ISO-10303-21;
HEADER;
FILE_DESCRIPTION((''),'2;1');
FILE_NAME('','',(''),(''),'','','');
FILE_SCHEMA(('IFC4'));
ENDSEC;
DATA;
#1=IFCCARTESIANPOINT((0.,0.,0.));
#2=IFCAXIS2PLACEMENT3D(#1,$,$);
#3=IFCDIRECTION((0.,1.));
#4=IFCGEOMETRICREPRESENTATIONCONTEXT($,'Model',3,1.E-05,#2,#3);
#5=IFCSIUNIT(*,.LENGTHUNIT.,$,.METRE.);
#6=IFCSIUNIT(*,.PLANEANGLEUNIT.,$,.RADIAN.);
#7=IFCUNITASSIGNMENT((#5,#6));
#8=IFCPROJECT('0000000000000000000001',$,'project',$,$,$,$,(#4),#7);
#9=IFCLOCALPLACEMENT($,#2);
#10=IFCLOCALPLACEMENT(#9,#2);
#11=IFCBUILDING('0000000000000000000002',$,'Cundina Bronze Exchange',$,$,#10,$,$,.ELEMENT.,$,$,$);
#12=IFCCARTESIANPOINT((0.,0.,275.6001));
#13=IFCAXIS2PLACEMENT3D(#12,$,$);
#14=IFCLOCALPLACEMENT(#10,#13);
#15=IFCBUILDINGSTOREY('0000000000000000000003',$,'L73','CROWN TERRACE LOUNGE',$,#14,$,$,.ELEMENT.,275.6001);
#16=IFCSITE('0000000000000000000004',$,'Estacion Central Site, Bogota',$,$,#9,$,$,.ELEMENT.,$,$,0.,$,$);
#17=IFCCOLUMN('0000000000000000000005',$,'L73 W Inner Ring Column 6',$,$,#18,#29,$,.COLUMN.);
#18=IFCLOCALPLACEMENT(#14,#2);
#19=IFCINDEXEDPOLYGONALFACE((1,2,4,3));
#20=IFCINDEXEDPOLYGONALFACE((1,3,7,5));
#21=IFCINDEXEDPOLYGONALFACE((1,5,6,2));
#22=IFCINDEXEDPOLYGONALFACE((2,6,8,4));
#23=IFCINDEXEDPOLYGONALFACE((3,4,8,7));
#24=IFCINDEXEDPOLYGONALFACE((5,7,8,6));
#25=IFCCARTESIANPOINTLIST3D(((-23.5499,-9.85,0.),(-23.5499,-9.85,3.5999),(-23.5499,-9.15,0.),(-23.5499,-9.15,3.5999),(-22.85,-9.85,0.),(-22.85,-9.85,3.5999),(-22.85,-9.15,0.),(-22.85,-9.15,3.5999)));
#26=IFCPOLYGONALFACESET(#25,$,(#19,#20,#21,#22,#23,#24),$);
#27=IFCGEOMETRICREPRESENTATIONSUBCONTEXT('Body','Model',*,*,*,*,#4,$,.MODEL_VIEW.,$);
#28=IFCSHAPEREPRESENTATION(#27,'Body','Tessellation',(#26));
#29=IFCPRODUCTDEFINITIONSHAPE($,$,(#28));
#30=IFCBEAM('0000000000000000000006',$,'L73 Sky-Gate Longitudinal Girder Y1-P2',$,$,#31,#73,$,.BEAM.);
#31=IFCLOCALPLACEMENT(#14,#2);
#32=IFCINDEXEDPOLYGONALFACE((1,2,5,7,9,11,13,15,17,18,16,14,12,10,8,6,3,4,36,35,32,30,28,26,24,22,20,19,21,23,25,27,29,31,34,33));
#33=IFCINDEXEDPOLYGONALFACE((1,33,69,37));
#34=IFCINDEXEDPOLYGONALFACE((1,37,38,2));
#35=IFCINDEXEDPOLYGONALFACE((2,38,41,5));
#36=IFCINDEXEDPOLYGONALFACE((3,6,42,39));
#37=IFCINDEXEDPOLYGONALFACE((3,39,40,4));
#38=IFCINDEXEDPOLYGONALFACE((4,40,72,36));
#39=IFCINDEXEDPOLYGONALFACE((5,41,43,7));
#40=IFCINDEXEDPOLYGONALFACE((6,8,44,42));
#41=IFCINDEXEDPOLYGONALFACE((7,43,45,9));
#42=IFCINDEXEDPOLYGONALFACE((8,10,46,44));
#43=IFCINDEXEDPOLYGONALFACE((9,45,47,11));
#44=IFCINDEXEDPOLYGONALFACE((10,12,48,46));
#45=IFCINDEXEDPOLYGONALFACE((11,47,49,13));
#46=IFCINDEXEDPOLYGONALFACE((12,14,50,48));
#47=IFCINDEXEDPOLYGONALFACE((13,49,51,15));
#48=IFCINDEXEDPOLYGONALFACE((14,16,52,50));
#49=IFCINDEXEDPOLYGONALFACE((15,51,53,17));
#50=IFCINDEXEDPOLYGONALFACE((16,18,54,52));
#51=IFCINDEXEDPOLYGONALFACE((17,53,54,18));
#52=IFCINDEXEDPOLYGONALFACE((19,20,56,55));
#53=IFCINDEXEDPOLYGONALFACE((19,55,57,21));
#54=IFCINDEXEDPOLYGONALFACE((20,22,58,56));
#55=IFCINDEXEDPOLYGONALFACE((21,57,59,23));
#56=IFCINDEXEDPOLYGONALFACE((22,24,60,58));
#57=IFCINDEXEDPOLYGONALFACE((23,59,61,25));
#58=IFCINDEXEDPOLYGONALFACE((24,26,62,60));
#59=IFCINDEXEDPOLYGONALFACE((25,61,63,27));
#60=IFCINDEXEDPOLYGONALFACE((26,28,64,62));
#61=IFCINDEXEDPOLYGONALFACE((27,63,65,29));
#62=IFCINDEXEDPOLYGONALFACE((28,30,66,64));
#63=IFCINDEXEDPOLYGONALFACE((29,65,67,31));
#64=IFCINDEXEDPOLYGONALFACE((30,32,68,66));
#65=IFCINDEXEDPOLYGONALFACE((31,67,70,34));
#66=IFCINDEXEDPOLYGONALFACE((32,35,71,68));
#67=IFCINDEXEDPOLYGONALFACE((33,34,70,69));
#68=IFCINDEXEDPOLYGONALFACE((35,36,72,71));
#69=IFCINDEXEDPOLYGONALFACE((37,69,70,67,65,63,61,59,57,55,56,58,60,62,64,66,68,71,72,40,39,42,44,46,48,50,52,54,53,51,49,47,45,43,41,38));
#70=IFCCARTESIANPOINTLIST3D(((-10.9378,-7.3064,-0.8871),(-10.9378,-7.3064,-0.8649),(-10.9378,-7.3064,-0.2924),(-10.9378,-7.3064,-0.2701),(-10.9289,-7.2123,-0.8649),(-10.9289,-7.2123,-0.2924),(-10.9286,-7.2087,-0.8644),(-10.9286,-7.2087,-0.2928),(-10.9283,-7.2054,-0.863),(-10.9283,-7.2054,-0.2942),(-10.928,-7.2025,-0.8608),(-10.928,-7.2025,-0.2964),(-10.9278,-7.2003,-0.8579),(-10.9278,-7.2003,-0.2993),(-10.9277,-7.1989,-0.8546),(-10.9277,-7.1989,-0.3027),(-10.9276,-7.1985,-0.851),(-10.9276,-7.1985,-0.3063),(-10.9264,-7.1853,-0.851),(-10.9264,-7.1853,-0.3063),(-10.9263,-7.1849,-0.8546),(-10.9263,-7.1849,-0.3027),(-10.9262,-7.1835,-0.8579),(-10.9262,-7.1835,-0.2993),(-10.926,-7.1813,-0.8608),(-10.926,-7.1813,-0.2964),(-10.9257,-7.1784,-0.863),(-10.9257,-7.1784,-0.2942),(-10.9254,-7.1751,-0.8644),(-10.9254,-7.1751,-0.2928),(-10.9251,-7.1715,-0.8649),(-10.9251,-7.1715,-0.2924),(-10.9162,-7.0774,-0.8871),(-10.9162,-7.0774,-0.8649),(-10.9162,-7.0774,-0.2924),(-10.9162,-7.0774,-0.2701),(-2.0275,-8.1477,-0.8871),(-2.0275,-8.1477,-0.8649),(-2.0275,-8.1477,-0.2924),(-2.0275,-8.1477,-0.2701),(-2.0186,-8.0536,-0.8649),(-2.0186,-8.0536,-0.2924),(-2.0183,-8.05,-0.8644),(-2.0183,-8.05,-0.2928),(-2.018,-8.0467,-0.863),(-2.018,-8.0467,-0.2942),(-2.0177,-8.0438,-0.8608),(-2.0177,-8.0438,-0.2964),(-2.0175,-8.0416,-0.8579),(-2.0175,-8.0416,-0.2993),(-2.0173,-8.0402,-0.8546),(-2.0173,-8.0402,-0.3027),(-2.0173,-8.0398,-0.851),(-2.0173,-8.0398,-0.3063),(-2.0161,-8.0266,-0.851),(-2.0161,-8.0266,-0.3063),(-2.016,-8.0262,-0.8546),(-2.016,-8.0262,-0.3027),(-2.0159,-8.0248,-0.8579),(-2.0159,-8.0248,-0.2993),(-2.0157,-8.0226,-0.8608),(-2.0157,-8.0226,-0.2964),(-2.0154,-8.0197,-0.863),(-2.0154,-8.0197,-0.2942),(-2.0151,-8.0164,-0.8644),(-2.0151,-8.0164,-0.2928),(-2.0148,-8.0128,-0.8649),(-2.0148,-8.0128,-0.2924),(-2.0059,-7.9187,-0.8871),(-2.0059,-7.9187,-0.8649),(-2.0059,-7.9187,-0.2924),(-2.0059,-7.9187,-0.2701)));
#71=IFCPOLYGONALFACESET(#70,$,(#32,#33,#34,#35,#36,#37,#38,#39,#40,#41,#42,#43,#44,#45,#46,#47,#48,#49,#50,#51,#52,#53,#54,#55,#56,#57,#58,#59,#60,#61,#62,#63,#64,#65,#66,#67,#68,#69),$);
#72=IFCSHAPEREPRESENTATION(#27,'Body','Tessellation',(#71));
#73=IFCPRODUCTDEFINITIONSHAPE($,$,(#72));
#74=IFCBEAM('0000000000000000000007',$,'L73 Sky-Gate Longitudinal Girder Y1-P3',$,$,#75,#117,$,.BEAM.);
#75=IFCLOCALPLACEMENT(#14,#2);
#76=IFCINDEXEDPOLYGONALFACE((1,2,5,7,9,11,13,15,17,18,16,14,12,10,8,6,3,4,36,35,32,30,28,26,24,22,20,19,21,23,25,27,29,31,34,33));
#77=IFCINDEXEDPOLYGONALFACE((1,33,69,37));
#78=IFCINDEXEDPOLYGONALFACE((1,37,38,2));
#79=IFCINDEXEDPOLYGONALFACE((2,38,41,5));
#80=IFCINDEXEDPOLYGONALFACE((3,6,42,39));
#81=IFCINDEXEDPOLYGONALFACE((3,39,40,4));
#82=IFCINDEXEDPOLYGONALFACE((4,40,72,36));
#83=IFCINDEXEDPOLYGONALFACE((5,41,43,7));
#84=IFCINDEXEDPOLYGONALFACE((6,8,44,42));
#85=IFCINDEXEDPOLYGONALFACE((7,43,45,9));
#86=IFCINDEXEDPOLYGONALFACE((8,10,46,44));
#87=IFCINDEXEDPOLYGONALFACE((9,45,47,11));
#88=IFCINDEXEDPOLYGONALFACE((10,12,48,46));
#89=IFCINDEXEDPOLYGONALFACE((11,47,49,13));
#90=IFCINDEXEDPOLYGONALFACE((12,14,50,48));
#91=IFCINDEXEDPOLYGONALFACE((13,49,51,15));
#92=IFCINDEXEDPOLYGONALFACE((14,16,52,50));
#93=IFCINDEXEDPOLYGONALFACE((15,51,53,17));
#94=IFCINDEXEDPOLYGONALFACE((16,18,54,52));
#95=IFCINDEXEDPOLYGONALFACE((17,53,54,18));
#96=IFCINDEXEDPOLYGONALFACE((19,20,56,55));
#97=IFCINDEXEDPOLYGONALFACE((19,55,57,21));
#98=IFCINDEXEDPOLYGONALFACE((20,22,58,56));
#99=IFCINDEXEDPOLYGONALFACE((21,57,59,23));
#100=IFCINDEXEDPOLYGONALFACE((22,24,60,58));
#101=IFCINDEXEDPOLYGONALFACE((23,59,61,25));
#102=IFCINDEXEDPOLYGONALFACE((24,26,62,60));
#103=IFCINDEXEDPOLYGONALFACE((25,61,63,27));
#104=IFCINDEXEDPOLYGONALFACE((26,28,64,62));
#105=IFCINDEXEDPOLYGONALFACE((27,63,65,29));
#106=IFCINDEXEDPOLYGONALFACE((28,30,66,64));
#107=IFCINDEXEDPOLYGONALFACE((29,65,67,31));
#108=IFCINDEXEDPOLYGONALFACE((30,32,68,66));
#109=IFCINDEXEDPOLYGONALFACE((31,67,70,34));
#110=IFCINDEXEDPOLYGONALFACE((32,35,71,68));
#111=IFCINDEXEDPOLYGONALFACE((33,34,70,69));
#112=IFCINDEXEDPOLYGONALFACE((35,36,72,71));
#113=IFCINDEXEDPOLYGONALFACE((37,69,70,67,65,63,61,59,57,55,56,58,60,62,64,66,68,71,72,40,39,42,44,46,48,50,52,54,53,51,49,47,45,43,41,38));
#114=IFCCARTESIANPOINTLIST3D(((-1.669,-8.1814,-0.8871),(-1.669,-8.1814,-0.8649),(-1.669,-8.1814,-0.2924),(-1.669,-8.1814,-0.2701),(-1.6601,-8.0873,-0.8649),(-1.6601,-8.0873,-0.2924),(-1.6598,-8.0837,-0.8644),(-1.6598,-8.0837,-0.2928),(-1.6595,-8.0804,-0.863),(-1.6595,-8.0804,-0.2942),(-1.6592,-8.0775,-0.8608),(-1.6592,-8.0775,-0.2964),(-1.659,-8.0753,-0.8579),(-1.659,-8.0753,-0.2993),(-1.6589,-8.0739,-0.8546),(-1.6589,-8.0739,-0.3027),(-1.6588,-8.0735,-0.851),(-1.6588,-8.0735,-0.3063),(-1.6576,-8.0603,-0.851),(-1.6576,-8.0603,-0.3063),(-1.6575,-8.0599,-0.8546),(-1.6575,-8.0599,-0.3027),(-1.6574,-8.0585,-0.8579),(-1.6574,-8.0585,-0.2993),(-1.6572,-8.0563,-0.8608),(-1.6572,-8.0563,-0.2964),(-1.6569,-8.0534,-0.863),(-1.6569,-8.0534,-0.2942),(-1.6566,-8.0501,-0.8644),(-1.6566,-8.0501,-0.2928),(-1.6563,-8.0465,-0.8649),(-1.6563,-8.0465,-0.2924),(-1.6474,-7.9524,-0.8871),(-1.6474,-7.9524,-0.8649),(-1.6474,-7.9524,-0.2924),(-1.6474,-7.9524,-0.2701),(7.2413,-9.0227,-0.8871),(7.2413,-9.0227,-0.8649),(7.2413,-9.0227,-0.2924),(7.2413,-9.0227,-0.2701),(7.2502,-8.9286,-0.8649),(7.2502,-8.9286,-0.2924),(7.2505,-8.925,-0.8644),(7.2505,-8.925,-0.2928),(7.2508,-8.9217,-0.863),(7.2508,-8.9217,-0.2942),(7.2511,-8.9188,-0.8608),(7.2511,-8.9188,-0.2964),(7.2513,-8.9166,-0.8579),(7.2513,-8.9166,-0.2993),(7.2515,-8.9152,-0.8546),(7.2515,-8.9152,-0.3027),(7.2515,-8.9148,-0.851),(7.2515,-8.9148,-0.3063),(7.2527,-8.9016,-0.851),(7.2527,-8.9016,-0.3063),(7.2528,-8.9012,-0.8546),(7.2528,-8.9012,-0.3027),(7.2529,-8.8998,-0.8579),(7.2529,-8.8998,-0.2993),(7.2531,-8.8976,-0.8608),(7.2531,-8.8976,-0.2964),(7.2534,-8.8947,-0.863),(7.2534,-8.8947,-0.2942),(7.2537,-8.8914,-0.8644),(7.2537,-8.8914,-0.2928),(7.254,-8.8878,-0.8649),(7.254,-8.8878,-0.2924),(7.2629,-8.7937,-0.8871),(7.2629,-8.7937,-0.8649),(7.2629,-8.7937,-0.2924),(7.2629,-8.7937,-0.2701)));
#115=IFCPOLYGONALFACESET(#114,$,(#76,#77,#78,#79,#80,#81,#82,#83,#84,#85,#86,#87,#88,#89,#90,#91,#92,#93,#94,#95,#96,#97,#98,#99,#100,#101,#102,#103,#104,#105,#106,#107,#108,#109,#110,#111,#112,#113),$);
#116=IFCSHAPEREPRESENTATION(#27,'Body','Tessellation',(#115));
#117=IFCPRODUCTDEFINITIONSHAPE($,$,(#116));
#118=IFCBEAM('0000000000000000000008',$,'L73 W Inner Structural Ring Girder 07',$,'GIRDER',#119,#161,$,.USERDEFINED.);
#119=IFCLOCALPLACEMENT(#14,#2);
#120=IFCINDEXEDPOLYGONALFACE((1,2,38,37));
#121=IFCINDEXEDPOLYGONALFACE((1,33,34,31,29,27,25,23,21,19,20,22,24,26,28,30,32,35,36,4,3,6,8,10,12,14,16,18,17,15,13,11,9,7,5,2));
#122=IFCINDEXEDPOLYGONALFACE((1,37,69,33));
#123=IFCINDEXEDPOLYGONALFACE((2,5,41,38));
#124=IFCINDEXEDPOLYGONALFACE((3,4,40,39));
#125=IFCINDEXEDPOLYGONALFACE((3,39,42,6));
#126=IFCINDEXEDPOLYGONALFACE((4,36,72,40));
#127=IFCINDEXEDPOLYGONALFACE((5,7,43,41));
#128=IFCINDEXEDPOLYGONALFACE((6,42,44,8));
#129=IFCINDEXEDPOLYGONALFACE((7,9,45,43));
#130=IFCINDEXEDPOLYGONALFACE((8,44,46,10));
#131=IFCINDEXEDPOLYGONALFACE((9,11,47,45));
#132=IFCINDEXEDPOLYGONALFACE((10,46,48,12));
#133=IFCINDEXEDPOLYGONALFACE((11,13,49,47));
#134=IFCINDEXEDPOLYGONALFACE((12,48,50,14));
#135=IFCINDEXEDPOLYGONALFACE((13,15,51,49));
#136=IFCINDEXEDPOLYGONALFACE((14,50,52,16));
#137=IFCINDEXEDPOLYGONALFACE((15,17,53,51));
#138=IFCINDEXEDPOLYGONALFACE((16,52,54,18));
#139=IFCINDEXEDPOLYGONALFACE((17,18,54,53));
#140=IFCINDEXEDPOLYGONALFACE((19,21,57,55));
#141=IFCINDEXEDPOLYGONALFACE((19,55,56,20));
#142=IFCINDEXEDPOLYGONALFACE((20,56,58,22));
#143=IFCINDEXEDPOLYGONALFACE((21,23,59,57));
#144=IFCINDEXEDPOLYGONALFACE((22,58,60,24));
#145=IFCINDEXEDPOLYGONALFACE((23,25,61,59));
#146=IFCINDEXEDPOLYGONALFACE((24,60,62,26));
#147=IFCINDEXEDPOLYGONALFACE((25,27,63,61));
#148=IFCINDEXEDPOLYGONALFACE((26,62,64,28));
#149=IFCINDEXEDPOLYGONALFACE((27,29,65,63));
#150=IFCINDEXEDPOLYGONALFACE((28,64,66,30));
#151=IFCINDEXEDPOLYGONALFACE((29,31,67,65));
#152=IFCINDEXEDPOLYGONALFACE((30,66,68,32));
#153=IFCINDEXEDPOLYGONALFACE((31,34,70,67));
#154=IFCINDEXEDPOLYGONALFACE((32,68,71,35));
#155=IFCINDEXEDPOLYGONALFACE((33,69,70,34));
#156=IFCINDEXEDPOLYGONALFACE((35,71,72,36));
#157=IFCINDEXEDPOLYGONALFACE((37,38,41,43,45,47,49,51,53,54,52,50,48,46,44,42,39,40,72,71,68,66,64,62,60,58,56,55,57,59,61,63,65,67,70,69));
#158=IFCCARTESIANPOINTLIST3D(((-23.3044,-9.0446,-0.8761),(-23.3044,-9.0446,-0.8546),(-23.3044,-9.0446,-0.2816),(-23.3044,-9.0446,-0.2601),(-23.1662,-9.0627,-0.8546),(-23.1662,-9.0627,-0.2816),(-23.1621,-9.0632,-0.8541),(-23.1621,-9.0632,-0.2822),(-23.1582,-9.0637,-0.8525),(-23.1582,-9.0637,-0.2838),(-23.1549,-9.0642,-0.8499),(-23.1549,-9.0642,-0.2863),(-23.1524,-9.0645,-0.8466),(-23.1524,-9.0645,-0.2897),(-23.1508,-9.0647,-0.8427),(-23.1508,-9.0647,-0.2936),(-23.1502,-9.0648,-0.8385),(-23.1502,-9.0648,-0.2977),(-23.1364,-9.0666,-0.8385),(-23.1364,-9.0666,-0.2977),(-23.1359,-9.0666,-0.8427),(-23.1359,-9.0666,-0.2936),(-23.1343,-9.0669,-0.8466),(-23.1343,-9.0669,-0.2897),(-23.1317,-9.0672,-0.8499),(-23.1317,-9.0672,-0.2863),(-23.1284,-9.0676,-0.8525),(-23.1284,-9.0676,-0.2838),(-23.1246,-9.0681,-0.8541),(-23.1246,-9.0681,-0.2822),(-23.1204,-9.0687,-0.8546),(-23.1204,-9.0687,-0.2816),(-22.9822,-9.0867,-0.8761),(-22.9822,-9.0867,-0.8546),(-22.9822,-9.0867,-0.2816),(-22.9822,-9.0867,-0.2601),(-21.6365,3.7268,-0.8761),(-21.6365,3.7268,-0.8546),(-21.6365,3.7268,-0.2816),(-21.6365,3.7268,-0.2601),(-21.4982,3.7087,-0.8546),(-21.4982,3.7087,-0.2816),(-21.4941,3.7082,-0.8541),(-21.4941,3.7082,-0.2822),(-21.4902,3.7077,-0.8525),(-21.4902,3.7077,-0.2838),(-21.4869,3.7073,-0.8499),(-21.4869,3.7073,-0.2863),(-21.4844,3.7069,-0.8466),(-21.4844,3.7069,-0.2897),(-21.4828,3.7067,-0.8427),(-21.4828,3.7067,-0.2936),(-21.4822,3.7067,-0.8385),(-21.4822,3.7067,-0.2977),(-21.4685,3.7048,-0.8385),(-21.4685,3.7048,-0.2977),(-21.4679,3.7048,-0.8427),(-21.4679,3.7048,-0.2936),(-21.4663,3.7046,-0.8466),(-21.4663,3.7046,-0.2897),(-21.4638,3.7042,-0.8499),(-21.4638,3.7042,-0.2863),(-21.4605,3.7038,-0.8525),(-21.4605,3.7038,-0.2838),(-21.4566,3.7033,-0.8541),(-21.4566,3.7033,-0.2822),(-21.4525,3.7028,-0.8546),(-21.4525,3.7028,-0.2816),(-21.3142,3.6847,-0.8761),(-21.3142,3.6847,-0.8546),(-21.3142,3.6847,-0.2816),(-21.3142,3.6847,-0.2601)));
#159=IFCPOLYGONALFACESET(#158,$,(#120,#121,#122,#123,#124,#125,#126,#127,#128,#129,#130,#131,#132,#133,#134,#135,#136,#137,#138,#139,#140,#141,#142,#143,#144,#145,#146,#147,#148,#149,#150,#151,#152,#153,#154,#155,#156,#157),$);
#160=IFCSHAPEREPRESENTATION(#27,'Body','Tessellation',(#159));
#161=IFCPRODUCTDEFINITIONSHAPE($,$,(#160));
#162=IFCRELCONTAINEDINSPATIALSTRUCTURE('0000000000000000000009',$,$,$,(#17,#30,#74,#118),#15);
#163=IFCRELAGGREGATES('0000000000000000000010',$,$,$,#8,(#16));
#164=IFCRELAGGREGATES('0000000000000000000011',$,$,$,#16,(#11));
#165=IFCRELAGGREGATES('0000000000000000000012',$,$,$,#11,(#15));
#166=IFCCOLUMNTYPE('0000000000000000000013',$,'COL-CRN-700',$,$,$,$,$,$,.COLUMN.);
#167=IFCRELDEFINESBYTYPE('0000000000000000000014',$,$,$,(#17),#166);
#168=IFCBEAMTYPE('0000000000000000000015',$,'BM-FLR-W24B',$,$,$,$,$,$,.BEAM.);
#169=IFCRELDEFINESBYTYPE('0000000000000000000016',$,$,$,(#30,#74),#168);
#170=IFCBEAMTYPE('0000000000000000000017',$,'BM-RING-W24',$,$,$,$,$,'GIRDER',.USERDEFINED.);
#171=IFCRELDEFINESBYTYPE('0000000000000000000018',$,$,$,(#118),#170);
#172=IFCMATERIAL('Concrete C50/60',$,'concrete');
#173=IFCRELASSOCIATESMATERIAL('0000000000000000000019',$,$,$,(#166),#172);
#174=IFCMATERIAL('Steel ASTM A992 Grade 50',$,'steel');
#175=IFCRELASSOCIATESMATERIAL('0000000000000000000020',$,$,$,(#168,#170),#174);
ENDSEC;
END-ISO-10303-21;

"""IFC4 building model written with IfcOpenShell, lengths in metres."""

from ifc_helpers import new_model, si_unit, direction, frame, origin, origin_2d, place, context, subcontext, project, spatial, rectangle, i_section, extrude, material, material_profile, profile_set, type_object, element, save


model = new_model("IFC4")

# Units and contexts
model_context = context("Model", 3, precision=1e-05, world=origin(), true_north=direction((0.0, 1.0)))
body_context = subcontext(model_context, "Body", "Model", "MODEL_VIEW")
ifc_project = project(units=[si_unit("LENGTHUNIT", "METRE"), si_unit("PLANEANGLEUNIT", "RADIAN")], contexts=[model_context])

# Site, building, storey
site_placement = place(None, origin())
site = spatial("IfcSite", under=ifc_project, at=site_placement, Name="Estacion Central Site, Bogota", CompositionType="ELEMENT", RefElevation=0.0)
building_placement = place(site_placement, origin())
building = spatial("IfcBuilding", under=site, at=building_placement, Name="Cundina Bronze Exchange", CompositionType="ELEMENT")
storey_placement = place(building_placement, frame((0.0, 0.0, 275.6001)))
storey = spatial("IfcBuildingStorey", under=building, at=storey_placement, Name="L73", Description="CROWN TERRACE LOUNGE", CompositionType="ELEMENT", Elevation=275.6001)

# Column
ifc_material_1 = material(Name="Concrete C50/60", Category="concrete")
ifc_material_profile_1 = material_profile(ifc_material_1, rectangle(XDim=0.7, YDim=0.7, at=origin_2d()), Name="RC700X700", Category="concrete")
ifc_profile_set_1 = profile_set([ifc_material_profile_1], Name="Concrete C50/60")
column_type = type_object("IfcColumnType", Name="COL-CRN-700", PredefinedType="COLUMN", material=ifc_profile_set_1)
column_placement = place(storey_placement, frame((-23.2, -9.5, 0.0), z_axis=(0.0, 0.0, 1.0), x_axis=(1.0, 0.0, 0.0)))
element("IfcColumn", 1, at=column_placement, inside=storey, type_object=column_type, Name="L73 W Inner Ring Column 6", PredefinedType="COLUMN", context=body_context, shape_type="SweptSolid", body=[
    extrude(rectangle(XDim=0.7, YDim=0.7, at=origin_2d()), origin(), (0.0, 0.0, 1.0), 3.5999),
])

# Beams
ifc_material_2 = material(Name="Steel ASTM A992 Grade 50", Category="steel")
ifc_material_profile_2 = material_profile(ifc_material_2, i_section(OverallWidth=0.23, OverallDepth=0.6169, WebThickness=0.0132, FlangeThickness=0.0222, FilletRadius=0.0139, at=origin_2d()), Name="W24X94", Category="steel")
ifc_profile_set_2 = profile_set([ifc_material_profile_2], Name="Steel ASTM A992 Grade 50")
beam_type_1 = type_object("IfcBeamType", Name="BM-FLR-W24B", PredefinedType="BEAM", material=ifc_profile_set_2)
for number, where, z_axis, x_axis, name in (
    (2, (-10.927, -7.1919, -0.5786), (0.995572, -0.094001, 0.0), (0.094001, 0.995572, 0.0), "L73 Sky-Gate Longitudinal Girder Y1-P2"),
    (3, (-1.6582, -8.0669, -0.5786), (0.995572, -0.094001, 0.0), (0.094001, 0.995572, 0.0), "L73 Sky-Gate Longitudinal Girder Y1-P3"),
):
    element("IfcBeam", number, at=place(storey_placement, frame(where, z_axis=z_axis, x_axis=x_axis)), inside=storey, type_object=beam_type_1, Name=name, PredefinedType="BEAM", context=body_context, shape_type="SweptSolid", body=[
        extrude(i_section(OverallWidth=0.23, OverallDepth=0.6169, WebThickness=0.0132, FlangeThickness=0.0222, FilletRadius=0.0139, at=origin_2d()), origin(), (0.0, 0.0, 1.0), 8.95),
    ])
ifc_material_profile_3 = material_profile(ifc_material_2, i_section(OverallWidth=0.325, OverallDepth=0.616, WebThickness=0.0139, FlangeThickness=0.0215, FilletRadius=0.0161, at=origin_2d()), Name="W24X117", Category="steel")
ifc_profile_set_3 = profile_set([ifc_material_profile_3], Name="Steel ASTM A992 Grade 50")
beam_type_2 = type_object("IfcBeamType", Name="BM-RING-W24", ElementType="GIRDER", PredefinedType="USERDEFINED", material=ifc_profile_set_3)
beam_1_placement = place(storey_placement, frame((-23.1433, -9.0657, -0.5681), z_axis=(0.129501, 0.991579, 0.0), x_axis=(-0.991579, 0.129501, 0.0)))
element("IfcBeam", 4, at=beam_1_placement, inside=storey, type_object=beam_type_2, Name="L73 W Inner Structural Ring Girder 07", ObjectType="GIRDER", PredefinedType="USERDEFINED", context=body_context, shape_type="SweptSolid", body=[
    extrude(i_section(OverallWidth=0.325, OverallDepth=0.616, WebThickness=0.0139, FlangeThickness=0.0215, FilletRadius=0.0161, at=origin_2d()), origin(), (0.0, 0.0, 1.0), 12.8799),
])

save(model, "model.ifc")
